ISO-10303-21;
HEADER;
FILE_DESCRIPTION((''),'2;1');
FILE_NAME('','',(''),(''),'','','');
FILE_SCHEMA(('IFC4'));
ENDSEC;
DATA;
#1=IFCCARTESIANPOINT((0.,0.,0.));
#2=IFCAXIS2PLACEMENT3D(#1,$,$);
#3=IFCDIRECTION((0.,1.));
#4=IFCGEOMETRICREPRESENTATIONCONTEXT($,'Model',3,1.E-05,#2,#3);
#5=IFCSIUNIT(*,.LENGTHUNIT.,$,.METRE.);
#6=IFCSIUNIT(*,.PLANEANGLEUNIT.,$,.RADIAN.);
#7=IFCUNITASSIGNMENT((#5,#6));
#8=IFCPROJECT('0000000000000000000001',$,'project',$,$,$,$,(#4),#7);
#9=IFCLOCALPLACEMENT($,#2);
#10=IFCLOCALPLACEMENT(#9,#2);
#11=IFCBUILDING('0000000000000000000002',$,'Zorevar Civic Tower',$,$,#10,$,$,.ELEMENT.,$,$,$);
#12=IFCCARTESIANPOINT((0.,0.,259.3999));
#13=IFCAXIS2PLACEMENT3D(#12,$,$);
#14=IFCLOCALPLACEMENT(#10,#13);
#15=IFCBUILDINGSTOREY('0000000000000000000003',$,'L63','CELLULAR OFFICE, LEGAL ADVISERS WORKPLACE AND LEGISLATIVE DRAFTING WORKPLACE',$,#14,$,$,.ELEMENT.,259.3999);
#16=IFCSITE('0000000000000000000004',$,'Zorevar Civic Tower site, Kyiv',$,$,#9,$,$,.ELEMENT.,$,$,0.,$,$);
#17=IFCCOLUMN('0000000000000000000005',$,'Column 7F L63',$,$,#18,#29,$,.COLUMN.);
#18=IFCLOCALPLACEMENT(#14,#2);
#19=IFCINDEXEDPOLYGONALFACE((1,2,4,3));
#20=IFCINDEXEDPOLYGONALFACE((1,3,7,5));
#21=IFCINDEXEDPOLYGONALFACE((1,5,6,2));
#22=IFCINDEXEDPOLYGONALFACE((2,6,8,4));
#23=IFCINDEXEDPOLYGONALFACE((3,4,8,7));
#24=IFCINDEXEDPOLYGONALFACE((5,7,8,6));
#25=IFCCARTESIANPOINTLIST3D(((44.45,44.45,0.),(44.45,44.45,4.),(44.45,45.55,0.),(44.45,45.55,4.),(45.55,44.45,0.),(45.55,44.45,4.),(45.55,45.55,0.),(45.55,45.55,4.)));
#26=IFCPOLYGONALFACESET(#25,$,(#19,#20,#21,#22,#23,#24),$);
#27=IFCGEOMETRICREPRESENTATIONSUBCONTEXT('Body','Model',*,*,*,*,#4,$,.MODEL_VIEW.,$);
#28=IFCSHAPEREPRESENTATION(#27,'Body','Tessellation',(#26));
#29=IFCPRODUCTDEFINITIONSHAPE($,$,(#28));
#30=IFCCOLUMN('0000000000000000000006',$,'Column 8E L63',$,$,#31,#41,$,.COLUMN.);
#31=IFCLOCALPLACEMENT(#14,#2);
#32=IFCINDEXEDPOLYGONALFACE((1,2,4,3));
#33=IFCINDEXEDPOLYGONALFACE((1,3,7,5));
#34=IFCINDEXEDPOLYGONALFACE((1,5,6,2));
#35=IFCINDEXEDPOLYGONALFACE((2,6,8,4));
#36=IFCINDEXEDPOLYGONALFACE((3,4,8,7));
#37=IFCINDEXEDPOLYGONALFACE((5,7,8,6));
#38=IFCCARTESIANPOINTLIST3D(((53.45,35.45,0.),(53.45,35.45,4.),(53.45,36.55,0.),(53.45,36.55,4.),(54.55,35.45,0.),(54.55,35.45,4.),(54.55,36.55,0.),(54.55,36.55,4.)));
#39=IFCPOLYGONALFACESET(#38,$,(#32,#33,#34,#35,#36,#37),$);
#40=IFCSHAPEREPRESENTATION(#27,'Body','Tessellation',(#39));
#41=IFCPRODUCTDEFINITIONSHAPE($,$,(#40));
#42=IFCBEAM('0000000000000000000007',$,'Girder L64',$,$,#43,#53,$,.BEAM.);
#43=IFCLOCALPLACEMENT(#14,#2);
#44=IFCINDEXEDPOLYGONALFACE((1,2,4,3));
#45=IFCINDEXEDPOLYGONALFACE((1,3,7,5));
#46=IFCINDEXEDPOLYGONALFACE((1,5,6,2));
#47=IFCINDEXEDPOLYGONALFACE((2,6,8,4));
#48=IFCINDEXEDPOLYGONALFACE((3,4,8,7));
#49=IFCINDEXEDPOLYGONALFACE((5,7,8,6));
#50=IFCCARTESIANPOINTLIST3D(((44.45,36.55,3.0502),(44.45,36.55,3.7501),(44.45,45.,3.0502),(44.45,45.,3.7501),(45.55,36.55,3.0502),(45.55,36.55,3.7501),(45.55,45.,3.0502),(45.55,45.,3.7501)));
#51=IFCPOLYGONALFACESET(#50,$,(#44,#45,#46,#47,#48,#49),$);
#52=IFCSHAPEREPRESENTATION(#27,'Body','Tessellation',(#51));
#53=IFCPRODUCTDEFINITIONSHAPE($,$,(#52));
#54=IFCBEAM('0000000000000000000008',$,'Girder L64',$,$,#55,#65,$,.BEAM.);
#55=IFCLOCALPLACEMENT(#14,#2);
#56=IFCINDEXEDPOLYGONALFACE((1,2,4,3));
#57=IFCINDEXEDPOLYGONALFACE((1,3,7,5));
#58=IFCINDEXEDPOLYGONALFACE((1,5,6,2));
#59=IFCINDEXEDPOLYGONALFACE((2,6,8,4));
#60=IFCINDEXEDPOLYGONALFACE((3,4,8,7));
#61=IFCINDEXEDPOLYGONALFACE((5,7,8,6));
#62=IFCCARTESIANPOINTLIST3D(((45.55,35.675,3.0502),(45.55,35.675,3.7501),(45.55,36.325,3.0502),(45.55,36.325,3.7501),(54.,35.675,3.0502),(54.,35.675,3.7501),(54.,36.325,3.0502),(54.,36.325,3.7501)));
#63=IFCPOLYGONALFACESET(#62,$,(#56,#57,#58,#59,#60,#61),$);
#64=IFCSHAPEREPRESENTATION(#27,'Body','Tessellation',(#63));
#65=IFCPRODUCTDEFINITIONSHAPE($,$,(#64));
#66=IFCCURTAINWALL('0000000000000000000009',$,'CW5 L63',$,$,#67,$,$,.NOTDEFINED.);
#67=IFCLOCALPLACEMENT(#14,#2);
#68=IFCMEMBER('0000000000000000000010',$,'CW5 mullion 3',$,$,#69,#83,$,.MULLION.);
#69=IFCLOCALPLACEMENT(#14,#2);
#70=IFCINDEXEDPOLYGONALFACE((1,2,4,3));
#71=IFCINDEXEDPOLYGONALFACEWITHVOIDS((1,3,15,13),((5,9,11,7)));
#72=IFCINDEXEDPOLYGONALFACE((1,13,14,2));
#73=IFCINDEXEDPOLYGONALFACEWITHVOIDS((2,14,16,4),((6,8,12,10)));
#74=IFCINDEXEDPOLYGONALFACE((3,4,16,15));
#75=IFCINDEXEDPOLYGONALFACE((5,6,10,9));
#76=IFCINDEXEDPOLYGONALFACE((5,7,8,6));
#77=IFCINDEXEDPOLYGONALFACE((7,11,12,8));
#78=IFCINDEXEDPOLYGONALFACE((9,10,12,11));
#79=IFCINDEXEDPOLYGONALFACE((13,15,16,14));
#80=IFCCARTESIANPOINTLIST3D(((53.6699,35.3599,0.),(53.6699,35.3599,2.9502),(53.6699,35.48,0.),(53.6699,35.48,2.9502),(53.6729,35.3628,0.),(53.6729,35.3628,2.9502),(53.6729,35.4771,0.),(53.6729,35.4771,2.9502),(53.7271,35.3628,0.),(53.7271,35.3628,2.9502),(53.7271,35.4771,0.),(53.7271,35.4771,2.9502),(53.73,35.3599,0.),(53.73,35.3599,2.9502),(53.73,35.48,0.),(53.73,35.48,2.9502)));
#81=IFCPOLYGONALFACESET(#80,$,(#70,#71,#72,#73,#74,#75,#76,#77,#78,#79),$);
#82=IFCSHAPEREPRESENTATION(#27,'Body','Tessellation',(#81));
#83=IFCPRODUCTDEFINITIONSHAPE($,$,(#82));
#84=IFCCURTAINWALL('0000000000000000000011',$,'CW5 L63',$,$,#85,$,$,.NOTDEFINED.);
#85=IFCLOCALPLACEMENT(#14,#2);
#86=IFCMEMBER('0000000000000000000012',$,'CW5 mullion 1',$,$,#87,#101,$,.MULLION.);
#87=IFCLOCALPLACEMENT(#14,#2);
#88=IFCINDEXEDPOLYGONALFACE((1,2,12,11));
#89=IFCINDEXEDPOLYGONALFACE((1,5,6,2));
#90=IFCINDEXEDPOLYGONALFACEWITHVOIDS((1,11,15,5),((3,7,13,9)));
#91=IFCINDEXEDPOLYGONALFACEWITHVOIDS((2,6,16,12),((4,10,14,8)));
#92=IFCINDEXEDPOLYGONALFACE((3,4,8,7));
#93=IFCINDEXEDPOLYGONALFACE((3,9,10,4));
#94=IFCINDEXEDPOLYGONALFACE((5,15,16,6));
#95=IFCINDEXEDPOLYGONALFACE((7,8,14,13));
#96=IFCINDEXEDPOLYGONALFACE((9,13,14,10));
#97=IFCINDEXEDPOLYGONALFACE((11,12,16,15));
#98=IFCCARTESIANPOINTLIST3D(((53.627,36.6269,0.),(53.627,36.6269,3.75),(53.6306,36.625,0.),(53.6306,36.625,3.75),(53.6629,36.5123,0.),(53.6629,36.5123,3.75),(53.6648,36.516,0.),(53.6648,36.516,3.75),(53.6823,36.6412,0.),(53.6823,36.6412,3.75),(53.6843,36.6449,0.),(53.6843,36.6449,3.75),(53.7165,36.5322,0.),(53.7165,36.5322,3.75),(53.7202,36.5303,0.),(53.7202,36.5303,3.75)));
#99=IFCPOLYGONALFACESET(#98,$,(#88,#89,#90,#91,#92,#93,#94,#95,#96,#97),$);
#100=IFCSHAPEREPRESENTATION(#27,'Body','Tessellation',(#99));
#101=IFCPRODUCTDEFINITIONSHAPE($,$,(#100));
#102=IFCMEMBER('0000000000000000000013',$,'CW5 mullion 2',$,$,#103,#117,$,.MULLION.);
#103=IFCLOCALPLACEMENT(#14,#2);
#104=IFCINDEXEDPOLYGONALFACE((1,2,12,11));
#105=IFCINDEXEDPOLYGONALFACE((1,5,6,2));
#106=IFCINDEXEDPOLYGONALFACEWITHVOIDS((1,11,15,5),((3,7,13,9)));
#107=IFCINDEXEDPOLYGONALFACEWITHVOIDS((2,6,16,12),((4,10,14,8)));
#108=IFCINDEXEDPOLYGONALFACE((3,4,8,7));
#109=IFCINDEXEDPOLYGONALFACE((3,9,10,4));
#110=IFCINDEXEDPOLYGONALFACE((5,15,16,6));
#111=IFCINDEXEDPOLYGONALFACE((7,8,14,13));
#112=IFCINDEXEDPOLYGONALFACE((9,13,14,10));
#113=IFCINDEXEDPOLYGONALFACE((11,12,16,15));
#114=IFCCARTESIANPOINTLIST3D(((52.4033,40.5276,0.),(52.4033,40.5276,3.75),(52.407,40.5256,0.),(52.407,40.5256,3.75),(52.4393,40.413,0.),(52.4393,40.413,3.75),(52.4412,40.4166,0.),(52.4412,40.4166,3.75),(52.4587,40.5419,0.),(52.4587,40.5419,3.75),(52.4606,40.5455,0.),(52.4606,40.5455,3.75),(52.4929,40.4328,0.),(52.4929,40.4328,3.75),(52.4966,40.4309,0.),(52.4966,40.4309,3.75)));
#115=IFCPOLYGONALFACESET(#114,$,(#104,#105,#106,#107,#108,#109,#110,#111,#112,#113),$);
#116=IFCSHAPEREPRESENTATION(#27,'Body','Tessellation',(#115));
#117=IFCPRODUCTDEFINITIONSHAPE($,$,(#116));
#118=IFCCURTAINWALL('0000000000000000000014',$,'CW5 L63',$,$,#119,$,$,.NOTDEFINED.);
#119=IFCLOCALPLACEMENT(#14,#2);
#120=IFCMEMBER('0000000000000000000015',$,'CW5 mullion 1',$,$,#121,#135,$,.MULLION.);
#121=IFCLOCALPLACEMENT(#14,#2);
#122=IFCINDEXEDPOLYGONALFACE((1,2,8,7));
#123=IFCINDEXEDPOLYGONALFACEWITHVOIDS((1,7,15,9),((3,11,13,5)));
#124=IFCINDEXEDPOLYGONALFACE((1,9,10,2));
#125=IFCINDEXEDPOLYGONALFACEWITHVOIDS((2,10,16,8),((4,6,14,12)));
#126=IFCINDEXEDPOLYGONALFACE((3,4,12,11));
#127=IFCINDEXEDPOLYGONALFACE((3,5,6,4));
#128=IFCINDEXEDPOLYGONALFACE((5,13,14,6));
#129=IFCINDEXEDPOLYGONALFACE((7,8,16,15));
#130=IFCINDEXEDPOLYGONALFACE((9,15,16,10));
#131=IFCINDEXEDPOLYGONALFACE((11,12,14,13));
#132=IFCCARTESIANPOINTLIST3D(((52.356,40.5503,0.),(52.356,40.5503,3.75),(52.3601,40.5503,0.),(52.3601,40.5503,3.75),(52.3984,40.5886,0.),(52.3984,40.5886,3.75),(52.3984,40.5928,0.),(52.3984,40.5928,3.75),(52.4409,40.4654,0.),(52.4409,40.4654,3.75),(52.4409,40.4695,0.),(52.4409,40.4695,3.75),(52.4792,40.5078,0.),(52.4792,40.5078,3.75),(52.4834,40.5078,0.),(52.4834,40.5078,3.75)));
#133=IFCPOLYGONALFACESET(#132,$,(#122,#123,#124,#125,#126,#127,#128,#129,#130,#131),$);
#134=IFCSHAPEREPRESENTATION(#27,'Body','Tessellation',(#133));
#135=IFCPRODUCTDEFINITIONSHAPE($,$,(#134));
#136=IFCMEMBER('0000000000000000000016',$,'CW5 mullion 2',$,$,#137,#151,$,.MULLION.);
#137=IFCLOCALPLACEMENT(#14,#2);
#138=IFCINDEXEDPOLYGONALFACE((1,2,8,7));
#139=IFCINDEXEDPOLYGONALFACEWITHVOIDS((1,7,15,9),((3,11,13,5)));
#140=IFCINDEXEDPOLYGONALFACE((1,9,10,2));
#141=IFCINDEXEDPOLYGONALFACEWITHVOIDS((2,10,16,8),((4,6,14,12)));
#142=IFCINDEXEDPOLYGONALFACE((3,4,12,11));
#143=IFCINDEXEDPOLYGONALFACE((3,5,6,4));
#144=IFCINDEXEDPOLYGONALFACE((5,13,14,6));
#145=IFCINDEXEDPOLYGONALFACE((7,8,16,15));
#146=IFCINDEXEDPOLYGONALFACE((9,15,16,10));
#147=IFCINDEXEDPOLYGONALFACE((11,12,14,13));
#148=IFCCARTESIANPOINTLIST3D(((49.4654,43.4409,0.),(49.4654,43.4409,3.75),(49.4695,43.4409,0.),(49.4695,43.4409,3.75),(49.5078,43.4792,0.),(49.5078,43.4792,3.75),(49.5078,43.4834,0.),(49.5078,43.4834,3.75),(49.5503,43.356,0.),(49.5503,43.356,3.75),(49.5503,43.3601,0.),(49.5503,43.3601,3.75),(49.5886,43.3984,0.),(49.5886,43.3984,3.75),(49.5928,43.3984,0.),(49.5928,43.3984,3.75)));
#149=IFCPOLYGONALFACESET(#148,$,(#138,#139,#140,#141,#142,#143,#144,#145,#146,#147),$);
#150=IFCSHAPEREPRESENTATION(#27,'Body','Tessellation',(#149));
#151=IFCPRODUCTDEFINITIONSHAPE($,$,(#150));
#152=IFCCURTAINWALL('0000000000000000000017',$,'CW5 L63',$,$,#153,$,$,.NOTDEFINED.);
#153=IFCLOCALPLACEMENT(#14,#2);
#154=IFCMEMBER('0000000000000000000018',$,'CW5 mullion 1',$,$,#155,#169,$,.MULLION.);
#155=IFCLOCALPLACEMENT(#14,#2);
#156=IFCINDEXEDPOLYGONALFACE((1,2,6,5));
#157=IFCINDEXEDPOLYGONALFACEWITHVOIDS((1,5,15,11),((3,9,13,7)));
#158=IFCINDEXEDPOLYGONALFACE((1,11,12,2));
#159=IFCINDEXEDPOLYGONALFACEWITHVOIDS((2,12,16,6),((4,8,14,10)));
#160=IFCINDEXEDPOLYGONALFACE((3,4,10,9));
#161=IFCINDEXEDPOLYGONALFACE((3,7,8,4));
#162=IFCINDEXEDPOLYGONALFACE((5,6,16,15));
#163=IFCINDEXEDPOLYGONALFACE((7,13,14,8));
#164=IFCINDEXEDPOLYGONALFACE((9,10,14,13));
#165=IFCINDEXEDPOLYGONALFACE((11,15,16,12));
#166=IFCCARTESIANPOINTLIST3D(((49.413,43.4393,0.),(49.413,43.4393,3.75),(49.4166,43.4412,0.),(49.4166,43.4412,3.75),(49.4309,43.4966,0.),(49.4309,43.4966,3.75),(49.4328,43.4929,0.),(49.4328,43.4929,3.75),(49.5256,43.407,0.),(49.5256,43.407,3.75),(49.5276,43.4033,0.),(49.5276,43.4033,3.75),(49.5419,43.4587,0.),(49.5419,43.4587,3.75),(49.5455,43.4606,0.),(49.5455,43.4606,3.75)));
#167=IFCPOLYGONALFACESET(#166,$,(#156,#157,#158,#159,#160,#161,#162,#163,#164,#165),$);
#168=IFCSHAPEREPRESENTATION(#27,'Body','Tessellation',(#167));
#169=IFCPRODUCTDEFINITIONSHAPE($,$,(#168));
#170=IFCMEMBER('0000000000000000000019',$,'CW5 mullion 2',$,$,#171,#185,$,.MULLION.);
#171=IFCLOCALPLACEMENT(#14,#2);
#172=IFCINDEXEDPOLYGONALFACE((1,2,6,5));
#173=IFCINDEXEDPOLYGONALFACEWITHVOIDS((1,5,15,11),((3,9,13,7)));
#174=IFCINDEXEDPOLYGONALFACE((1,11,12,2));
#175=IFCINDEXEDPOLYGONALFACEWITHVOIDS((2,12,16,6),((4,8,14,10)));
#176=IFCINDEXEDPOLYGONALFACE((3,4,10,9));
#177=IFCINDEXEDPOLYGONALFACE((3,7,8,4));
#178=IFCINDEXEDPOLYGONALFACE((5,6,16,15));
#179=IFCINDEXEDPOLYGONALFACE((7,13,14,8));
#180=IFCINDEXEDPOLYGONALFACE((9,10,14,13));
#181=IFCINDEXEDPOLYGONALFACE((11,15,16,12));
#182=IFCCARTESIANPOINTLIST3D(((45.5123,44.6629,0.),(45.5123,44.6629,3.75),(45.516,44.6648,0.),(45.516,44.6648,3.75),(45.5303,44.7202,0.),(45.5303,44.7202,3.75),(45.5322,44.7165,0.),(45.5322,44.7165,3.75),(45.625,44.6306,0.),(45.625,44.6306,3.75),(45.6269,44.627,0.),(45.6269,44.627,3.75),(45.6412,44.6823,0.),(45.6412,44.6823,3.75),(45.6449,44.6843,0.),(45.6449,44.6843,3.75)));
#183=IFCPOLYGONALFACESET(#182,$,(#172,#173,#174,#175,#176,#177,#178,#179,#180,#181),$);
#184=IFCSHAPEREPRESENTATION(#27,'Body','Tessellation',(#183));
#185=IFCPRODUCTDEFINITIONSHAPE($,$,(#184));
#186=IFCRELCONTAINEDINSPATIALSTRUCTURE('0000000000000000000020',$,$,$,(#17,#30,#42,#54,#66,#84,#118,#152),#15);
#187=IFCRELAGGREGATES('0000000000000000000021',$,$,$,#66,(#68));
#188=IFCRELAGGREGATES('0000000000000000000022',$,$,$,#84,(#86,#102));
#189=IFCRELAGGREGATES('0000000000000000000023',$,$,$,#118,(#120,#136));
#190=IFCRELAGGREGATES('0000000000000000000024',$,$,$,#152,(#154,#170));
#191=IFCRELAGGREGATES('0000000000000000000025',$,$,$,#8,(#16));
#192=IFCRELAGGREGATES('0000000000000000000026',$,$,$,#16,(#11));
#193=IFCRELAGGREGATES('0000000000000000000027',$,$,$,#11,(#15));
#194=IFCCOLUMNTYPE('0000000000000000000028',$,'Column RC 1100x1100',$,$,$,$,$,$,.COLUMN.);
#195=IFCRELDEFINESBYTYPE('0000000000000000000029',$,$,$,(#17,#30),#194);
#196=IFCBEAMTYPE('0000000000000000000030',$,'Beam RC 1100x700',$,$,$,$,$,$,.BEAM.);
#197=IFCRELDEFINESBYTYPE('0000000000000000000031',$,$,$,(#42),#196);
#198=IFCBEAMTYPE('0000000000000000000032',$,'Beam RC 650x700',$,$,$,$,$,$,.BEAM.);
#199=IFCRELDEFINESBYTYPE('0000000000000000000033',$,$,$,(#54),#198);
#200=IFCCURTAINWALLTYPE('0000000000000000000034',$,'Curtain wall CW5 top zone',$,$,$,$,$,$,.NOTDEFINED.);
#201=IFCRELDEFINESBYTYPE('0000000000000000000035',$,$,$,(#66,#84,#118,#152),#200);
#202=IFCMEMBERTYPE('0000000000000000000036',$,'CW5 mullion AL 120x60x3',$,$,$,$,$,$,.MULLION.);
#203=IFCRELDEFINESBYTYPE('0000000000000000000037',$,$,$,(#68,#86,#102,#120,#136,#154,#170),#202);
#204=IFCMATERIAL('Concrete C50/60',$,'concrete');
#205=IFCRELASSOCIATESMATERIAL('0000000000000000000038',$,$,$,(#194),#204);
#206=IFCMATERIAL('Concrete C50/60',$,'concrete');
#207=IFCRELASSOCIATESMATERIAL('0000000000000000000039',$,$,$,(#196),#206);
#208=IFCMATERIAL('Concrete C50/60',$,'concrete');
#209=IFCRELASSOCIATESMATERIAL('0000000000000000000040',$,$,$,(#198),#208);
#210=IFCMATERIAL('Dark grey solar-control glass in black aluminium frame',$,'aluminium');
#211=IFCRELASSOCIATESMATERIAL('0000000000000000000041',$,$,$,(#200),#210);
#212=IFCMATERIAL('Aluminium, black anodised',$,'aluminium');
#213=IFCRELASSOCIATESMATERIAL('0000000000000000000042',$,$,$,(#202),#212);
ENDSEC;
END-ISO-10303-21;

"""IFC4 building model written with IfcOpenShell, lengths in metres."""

from ifc_helpers import new_model, si_unit, direction, frame, origin, origin_2d, place, context, subcontext, project, spatial, rectangle, hollow_rectangle, extrude, material, material_profile, profile_set, type_object, element, aggregate, save


model = new_model("IFC4")

# Units and contexts
model_context = context("Model", 3, precision=1e-05, world=origin(), true_north=direction((0.0, 1.0)))
body_context = subcontext(model_context, "Body", "Model", "MODEL_VIEW")
ifc_project = project(units=[si_unit("LENGTHUNIT", "METRE"), si_unit("PLANEANGLEUNIT", "RADIAN")], contexts=[model_context])

# Site, building, storey
site_placement = place(None, origin())
site = spatial("IfcSite", under=ifc_project, at=site_placement, Name="Zorevar Civic Tower site, Kyiv", CompositionType="ELEMENT", RefElevation=0.0)
building_placement = place(site_placement, origin())
building = spatial("IfcBuilding", under=site, at=building_placement, Name="Zorevar Civic Tower", CompositionType="ELEMENT")
storey_placement = place(building_placement, frame((0.0, 0.0, 259.3999)))
storey = spatial("IfcBuildingStorey", under=building, at=storey_placement, Name="L63", Description="CELLULAR OFFICE, LEGAL ADVISERS WORKPLACE AND LEGISLATIVE DRAFTING WORKPLACE", CompositionType="ELEMENT", Elevation=259.3999)

# Columns
ifc_material_1 = material(Name="Concrete C50/60", Category="concrete")
ifc_material_profile_1 = material_profile(ifc_material_1, rectangle(XDim=1.1001, YDim=1.1001, at=origin_2d()), Name="RC 1100x1100")
ifc_profile_set_1 = profile_set([ifc_material_profile_1], Name="Concrete C50/60")
column_type = type_object("IfcColumnType", Name="Column RC 1100x1100", PredefinedType="COLUMN", material=ifc_profile_set_1)
for number, where, z_axis, x_axis, name in (
    (1, (45.0, 45.0, 0.0), (0.0, 0.0, 1.0), (1.0, 0.0, 0.0), "Column 7F L63"),
    (2, (54.0, 36.0, 0.0), (0.0, 0.0, 1.0), (1.0, 0.0, 0.0), "Column 8E L63"),
):
    element("IfcColumn", number, at=place(storey_placement, frame(where, z_axis=z_axis, x_axis=x_axis)), inside=storey, type_object=column_type, Name=name, PredefinedType="COLUMN", context=body_context, shape_type="SweptSolid", body=[
        extrude(rectangle(XDim=1.1001, YDim=1.1001, at=origin_2d()), origin(), (0.0, 0.0, 1.0), 4.0),
    ])

# Beams
ifc_material_2 = material(Name="Concrete C50/60", Category="concrete")
ifc_material_profile_2 = material_profile(ifc_material_2, rectangle(XDim=1.1001, YDim=0.7, at=origin_2d()), Name="RC 1100x700")
ifc_profile_set_2 = profile_set([ifc_material_profile_2], Name="Concrete C50/60")
beam_type_1 = type_object("IfcBeamType", Name="Beam RC 1100x700", PredefinedType="BEAM", material=ifc_profile_set_2)
beam_1_placement = place(storey_placement, frame((45.0, 36.55, 3.4001), z_axis=(0.0, 1.0, 0.0), x_axis=(-1.0, 0.0, 0.0)))
element("IfcBeam", 3, at=beam_1_placement, inside=storey, type_object=beam_type_1, Name="Girder L64", PredefinedType="BEAM", context=body_context, shape_type="SweptSolid", body=[
    extrude(rectangle(XDim=1.1001, YDim=0.7, at=origin_2d()), origin(), (0.0, 0.0, 1.0), 8.45),
])
ifc_material_3 = material(Name="Concrete C50/60", Category="concrete")
ifc_material_profile_3 = material_profile(ifc_material_3, rectangle(XDim=0.6499, YDim=0.7, at=origin_2d()), Name="RC 650x700")
ifc_profile_set_3 = profile_set([ifc_material_profile_3], Name="Concrete C50/60")
beam_type_2 = type_object("IfcBeamType", Name="Beam RC 650x700", PredefinedType="BEAM", material=ifc_profile_set_3)
beam_2_placement = place(storey_placement, frame((45.55, 36.0, 3.4001), z_axis=(1.0, 0.0, 0.0), x_axis=(0.0, 1.0, 0.0)))
element("IfcBeam", 4, at=beam_2_placement, inside=storey, type_object=beam_type_2, Name="Girder L64", PredefinedType="BEAM", context=body_context, shape_type="SweptSolid", body=[
    extrude(rectangle(XDim=0.6499, YDim=0.7, at=origin_2d()), origin(), (0.0, 0.0, 1.0), 8.45),
])

# Curtain wall, member
ifc_material_4 = material(Name="Dark grey solar-control glass in black aluminium frame", Category="aluminium")
curtain_wall_type = type_object("IfcCurtainWallType", Name="Curtain wall CW5 top zone", PredefinedType="NOTDEFINED", material=ifc_material_4)
curtain_wall_1_placement = place(storey_placement, origin())
curtain_wall_1 = element("IfcCurtainWall", 5, at=curtain_wall_1_placement, inside=storey, type_object=curtain_wall_type, Name="CW5 L63", PredefinedType="NOTDEFINED")
ifc_material_5 = material(Name="Aluminium, black anodised", Category="aluminium")
ifc_material_profile_4 = material_profile(ifc_material_5, hollow_rectangle(XDim=0.0601, YDim=0.1201, WallThickness=0.0029, at=origin_2d()), Name="AL 120x60x3")
ifc_profile_set_4 = profile_set([ifc_material_profile_4], Name="Aluminium, black anodised")
member_type_1 = type_object("IfcMemberType", Name="CW5 mullion AL 120x60x3", PredefinedType="MULLION", material=ifc_profile_set_4)
member_1_placement = place(storey_placement, frame((53.7, 35.4199, 0.0), z_axis=(0.0, 0.0, 1.0), x_axis=(-1.0, 0.0, 0.0)))
member_1 = element("IfcMember", 6, at=member_1_placement, type_object=member_type_1, Name="CW5 mullion 3", PredefinedType="MULLION", context=body_context, shape_type="SweptSolid", body=[
    extrude(hollow_rectangle(XDim=0.0601, YDim=0.1201, WallThickness=0.0029, at=origin_2d()), origin(), (0.0, 0.0, 1.0), 2.9502),
])
aggregate(curtain_wall_1, [member_1])

# Curtain walls, members
curtain_wall_2_placement = place(storey_placement, origin())
curtain_wall_2 = element("IfcCurtainWall", 7, at=curtain_wall_2_placement, inside=storey, type_object=curtain_wall_type, Name="CW5 L63", PredefinedType="NOTDEFINED")
member_2_placement = place(storey_placement, frame((53.6736, 36.5786, 0.0), z_axis=(0.0, 0.0, 1.0), x_axis=(-0.954153, -0.299318, 0.0)))
member_2 = element("IfcMember", 8, at=member_2_placement, type_object=member_type_1, Name="CW5 mullion 1", PredefinedType="MULLION", context=body_context, shape_type="SweptSolid", body=[
    extrude(hollow_rectangle(XDim=0.0601, YDim=0.1201, WallThickness=0.0029, at=origin_2d()), origin(), (0.0, 0.0, 1.0), 3.75),
])
member_3_placement = place(storey_placement, frame((52.45, 40.4792, 0.0), z_axis=(0.0, 0.0, 1.0), x_axis=(-0.954153, -0.299318, 0.0)))
member_3 = element("IfcMember", 9, at=member_3_placement, type_object=member_type_1, Name="CW5 mullion 2", PredefinedType="MULLION", context=body_context, shape_type="SweptSolid", body=[
    extrude(hollow_rectangle(XDim=0.0601, YDim=0.1201, WallThickness=0.0029, at=origin_2d()), origin(), (0.0, 0.0, 1.0), 3.75),
])
curtain_wall_3_placement = place(storey_placement, origin())
curtain_wall_3 = element("IfcCurtainWall", 10, at=curtain_wall_3_placement, inside=storey, type_object=curtain_wall_type, Name="CW5 L63", PredefinedType="NOTDEFINED")
member_4_placement = place(storey_placement, frame((52.4197, 40.5291, 0.0), z_axis=(0.0, 0.0, 1.0), x_axis=(-0.707107, -0.707107, 0.0)))
member_4 = element("IfcMember", 11, at=member_4_placement, type_object=member_type_1, Name="CW5 mullion 1", PredefinedType="MULLION", context=body_context, shape_type="SweptSolid", body=[
    extrude(hollow_rectangle(XDim=0.0601, YDim=0.1201, WallThickness=0.0029, at=origin_2d()), origin(), (0.0, 0.0, 1.0), 3.75),
])
member_5_placement = place(storey_placement, frame((49.5291, 43.4197, 0.0), z_axis=(0.0, 0.0, 1.0), x_axis=(-0.707107, -0.707107, 0.0)))
member_5 = element("IfcMember", 12, at=member_5_placement, type_object=member_type_1, Name="CW5 mullion 2", PredefinedType="MULLION", context=body_context, shape_type="SweptSolid", body=[
    extrude(hollow_rectangle(XDim=0.0601, YDim=0.1201, WallThickness=0.0029, at=origin_2d()), origin(), (0.0, 0.0, 1.0), 3.75),
])
curtain_wall_4_placement = place(storey_placement, origin())
curtain_wall_4 = element("IfcCurtainWall", 13, at=curtain_wall_4_placement, inside=storey, type_object=curtain_wall_type, Name="CW5 L63", PredefinedType="NOTDEFINED")
member_6_placement = place(storey_placement, frame((49.4792, 43.45, 0.0), z_axis=(0.0, 0.0, 1.0), x_axis=(-0.299318, -0.954153, 0.0)))
member_6 = element("IfcMember", 14, at=member_6_placement, type_object=member_type_1, Name="CW5 mullion 1", PredefinedType="MULLION", context=body_context, shape_type="SweptSolid", body=[
    extrude(hollow_rectangle(XDim=0.0601, YDim=0.1201, WallThickness=0.0029, at=origin_2d()), origin(), (0.0, 0.0, 1.0), 3.75),
])
member_7_placement = place(storey_placement, frame((45.5786, 44.6736, 0.0), z_axis=(0.0, 0.0, 1.0), x_axis=(-0.299318, -0.954153, 0.0)))
member_7 = element("IfcMember", 15, at=member_7_placement, type_object=member_type_1, Name="CW5 mullion 2", PredefinedType="MULLION", context=body_context, shape_type="SweptSolid", body=[
    extrude(hollow_rectangle(XDim=0.0601, YDim=0.1201, WallThickness=0.0029, at=origin_2d()), origin(), (0.0, 0.0, 1.0), 3.75),
])

aggregate(curtain_wall_2, [member_2, member_3])
aggregate(curtain_wall_3, [member_4, member_5])
aggregate(curtain_wall_4, [member_6, member_7])

save(model, "model.ifc")
